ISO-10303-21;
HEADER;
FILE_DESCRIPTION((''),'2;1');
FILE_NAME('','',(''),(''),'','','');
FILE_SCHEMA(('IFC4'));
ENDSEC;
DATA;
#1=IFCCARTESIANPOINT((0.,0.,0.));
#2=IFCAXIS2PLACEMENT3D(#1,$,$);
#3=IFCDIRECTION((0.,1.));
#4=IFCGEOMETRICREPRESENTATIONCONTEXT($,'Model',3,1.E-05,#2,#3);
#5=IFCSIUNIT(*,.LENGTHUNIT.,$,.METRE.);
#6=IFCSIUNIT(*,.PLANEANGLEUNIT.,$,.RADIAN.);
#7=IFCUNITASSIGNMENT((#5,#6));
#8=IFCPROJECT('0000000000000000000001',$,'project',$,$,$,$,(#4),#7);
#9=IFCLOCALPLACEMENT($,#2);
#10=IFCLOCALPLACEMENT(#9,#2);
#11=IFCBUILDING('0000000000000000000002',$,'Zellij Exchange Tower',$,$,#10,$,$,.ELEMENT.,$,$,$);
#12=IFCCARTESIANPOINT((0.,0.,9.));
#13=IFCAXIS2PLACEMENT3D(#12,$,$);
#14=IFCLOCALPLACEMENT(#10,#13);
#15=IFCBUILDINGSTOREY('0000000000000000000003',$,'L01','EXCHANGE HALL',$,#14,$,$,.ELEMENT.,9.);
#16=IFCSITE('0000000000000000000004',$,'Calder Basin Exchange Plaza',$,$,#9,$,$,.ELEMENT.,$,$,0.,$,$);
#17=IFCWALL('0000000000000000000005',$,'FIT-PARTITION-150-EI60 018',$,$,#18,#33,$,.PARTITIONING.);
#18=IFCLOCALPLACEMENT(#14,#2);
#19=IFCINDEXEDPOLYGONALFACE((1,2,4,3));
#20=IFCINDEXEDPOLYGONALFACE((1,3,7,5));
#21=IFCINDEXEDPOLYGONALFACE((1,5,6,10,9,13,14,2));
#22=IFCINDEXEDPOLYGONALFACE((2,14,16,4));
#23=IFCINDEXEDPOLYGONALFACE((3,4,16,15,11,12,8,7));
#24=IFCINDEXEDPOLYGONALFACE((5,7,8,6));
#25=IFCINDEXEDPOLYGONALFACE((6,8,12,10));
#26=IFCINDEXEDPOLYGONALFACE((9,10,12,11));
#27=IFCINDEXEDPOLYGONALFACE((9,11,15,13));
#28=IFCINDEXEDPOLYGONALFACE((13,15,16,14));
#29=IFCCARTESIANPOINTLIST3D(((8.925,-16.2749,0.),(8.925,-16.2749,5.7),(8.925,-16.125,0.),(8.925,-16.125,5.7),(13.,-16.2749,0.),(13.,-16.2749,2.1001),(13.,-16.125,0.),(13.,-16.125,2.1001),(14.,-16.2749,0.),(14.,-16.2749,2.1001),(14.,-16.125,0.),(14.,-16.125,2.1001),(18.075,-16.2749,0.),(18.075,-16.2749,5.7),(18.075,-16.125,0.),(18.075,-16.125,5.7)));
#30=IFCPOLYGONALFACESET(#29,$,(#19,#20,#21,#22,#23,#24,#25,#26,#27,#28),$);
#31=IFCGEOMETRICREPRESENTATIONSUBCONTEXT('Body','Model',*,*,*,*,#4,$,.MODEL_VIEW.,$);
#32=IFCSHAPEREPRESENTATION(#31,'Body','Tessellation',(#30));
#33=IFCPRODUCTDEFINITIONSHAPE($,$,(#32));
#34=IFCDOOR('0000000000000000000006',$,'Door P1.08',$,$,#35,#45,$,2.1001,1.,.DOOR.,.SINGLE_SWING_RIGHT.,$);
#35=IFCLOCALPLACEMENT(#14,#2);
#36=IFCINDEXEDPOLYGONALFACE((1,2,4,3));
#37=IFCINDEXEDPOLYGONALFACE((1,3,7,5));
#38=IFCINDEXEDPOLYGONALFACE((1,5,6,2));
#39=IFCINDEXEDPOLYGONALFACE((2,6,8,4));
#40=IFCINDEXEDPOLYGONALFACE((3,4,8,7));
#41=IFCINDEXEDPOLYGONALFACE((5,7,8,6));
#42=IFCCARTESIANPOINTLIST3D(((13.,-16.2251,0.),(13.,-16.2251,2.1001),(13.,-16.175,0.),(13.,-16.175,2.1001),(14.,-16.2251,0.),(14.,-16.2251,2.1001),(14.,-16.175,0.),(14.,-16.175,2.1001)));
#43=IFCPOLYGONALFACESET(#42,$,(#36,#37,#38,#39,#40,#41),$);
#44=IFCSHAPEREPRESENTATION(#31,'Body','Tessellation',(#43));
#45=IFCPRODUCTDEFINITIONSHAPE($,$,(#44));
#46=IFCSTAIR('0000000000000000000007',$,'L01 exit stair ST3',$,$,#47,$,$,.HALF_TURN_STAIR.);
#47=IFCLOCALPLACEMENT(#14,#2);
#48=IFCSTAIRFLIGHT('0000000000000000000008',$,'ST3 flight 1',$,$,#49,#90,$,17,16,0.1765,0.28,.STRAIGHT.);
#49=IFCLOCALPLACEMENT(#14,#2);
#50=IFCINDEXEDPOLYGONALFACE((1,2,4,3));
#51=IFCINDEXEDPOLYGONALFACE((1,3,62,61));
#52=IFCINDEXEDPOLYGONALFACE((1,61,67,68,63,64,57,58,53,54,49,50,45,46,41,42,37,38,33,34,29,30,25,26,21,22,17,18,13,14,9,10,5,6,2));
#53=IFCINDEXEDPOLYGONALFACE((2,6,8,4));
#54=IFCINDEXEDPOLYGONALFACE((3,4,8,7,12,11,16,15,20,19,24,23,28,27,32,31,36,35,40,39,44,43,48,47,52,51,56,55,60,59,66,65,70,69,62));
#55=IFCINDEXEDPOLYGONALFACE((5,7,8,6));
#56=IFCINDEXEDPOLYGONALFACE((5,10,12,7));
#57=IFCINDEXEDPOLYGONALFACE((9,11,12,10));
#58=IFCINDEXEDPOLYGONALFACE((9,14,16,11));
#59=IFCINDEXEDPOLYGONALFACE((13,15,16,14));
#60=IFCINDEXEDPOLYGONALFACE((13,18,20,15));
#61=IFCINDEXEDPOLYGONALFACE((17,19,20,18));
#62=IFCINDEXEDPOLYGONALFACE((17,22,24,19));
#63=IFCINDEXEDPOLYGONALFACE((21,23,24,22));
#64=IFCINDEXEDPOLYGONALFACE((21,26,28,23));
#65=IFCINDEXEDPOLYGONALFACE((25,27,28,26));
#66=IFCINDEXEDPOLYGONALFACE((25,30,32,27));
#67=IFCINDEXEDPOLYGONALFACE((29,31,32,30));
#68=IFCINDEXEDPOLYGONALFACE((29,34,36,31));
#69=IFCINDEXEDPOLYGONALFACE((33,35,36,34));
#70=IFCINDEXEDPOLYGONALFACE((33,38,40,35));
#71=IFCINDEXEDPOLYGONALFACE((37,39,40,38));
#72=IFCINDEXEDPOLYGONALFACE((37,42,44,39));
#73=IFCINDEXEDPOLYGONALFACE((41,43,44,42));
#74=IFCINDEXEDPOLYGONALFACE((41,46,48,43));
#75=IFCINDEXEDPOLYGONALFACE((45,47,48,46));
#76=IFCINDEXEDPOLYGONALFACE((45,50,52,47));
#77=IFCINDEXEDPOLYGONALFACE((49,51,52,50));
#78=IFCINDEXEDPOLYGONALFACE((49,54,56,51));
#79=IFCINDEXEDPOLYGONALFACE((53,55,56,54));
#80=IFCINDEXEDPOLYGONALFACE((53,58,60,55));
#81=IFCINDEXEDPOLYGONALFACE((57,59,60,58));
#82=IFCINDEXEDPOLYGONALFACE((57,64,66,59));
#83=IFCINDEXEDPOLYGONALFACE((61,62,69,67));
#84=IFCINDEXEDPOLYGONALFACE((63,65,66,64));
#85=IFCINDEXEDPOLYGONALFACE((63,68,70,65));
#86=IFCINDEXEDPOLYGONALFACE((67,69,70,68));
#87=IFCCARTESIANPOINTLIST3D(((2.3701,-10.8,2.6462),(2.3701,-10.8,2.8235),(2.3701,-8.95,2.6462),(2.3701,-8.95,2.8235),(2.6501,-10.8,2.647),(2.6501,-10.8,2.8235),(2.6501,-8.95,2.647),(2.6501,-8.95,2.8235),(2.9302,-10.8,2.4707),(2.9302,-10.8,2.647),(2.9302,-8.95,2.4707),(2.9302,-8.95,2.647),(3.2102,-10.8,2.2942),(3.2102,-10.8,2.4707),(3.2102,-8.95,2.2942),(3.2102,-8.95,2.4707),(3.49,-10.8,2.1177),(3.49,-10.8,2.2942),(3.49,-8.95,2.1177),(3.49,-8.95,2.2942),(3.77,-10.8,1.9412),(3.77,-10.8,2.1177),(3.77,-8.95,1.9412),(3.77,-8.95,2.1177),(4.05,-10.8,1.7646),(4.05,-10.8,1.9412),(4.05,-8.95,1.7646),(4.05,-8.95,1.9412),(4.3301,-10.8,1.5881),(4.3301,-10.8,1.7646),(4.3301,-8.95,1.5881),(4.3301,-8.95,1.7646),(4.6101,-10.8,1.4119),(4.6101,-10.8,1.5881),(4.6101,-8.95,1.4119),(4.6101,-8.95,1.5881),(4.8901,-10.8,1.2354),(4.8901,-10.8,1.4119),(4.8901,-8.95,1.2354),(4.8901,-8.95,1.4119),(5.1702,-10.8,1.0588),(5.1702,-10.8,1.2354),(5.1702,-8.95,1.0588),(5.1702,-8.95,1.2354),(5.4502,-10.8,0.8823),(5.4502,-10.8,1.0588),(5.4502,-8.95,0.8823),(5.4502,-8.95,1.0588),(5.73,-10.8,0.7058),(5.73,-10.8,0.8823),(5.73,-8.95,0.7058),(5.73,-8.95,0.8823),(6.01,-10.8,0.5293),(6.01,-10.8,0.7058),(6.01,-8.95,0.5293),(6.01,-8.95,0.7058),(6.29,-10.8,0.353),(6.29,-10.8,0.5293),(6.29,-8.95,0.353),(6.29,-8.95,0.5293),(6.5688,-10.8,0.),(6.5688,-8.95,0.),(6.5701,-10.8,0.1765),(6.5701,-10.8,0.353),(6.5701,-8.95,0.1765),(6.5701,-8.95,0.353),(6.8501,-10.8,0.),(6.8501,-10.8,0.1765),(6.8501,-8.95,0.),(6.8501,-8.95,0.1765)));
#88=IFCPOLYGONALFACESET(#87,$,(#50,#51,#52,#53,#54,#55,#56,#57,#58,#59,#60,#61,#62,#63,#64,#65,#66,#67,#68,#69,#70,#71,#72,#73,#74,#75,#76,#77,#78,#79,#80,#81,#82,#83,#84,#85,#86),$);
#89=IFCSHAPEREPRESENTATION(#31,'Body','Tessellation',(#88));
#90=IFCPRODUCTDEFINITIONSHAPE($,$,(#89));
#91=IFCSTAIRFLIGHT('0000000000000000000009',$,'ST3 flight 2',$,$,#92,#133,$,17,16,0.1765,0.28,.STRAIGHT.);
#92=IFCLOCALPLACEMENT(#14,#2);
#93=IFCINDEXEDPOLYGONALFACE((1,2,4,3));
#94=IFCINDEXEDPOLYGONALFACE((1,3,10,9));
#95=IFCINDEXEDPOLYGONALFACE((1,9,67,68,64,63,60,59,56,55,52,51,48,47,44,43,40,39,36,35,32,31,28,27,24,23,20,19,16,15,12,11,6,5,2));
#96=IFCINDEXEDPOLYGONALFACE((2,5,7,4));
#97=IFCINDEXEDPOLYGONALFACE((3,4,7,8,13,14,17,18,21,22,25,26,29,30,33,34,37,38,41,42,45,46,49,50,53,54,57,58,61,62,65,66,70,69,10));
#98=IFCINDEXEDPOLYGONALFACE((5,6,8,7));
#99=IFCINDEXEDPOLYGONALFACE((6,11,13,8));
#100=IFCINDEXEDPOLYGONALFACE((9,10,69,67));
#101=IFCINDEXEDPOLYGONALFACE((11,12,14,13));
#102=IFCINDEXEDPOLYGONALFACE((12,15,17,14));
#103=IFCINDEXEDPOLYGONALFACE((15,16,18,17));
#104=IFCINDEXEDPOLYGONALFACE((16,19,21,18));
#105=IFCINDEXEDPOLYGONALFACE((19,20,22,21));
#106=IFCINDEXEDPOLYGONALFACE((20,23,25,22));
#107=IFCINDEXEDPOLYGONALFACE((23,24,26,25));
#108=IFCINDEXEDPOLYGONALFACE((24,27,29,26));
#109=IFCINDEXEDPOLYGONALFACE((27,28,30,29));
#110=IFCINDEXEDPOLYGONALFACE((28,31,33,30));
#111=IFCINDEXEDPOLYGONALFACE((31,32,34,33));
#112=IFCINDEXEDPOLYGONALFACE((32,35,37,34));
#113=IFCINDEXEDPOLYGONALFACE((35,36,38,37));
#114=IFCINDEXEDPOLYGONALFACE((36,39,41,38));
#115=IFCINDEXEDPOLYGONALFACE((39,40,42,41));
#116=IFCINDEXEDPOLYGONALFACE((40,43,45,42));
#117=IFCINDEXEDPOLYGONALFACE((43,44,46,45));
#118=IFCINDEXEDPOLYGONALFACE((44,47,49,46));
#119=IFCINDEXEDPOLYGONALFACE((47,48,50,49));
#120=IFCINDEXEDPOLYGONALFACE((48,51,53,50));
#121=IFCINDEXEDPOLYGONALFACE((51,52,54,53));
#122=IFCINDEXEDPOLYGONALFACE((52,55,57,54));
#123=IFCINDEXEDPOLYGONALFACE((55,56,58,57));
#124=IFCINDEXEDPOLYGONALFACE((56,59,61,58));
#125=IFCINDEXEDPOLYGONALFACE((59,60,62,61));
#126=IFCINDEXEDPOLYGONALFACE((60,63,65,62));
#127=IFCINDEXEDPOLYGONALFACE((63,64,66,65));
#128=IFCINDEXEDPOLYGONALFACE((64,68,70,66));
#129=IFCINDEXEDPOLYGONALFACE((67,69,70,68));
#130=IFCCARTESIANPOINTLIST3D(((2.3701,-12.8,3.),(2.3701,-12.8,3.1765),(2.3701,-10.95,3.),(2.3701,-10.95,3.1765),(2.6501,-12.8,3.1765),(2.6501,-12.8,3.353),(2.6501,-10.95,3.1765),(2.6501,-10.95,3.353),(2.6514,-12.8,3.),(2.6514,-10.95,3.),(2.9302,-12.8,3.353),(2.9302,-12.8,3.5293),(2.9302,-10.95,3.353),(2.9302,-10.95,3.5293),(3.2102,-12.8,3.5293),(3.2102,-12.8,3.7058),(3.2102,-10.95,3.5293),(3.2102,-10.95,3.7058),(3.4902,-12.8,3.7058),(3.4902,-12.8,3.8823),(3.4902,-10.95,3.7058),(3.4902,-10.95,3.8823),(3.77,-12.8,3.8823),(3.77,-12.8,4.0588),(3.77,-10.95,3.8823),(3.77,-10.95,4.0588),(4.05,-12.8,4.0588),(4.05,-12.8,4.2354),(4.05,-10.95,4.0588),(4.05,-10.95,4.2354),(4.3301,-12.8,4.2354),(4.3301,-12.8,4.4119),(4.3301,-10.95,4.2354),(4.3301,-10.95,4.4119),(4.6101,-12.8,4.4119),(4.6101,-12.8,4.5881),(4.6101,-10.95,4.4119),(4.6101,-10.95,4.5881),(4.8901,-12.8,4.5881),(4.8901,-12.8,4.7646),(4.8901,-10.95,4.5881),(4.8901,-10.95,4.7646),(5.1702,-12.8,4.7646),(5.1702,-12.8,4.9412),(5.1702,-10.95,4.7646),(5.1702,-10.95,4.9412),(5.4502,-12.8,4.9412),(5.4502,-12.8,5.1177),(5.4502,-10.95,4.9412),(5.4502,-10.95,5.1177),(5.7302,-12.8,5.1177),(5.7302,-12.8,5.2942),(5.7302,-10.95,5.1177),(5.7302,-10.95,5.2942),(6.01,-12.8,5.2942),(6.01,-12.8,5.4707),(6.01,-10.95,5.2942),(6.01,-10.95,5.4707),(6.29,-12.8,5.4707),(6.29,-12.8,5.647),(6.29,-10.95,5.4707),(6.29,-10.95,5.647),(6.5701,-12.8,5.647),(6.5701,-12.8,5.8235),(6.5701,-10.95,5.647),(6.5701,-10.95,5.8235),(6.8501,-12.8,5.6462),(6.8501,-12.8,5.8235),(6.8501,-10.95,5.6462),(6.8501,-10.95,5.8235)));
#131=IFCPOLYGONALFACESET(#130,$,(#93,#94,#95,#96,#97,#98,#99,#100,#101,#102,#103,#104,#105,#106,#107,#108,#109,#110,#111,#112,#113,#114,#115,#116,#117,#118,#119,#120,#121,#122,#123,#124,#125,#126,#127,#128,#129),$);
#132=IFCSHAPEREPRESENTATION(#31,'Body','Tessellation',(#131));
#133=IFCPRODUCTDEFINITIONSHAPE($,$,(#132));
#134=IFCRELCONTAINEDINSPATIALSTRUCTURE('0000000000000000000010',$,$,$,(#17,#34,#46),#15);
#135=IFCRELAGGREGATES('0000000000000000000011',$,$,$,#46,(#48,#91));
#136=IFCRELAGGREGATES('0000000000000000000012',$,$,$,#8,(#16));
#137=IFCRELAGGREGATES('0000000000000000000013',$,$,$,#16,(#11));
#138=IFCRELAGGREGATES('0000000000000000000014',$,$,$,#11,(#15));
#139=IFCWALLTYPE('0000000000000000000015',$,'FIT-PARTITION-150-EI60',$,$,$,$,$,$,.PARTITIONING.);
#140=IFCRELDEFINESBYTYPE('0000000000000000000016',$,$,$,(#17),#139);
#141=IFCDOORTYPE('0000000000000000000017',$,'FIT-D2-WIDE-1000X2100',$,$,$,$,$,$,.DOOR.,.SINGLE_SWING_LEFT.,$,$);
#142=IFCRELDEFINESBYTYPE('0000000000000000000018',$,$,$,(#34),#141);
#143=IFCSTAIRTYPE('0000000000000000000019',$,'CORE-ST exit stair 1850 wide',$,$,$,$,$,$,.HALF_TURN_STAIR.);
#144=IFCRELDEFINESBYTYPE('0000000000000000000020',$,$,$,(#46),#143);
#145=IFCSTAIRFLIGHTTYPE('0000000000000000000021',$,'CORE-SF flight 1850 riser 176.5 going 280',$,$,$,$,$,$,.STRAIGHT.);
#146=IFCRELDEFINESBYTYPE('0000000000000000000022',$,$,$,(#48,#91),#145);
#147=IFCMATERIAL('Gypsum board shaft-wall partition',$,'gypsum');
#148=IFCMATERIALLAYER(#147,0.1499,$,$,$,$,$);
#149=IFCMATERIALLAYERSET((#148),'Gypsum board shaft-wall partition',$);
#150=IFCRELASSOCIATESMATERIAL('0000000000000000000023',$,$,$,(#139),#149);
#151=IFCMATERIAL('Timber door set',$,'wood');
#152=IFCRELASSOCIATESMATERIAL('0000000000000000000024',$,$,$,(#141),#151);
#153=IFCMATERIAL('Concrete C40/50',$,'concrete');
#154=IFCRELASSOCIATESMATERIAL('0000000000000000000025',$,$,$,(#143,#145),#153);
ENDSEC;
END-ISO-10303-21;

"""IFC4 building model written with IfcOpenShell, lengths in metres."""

from ifc_helpers import new_model, si_unit, direction, frame, frame_2d, origin, place, context, subcontext, project, spatial, polyline, rectangle, outline, extrude, material, layer, layer_set, type_object, element, fill, aggregate, save


model = new_model("IFC4")

# Units and contexts
model_context = context("Model", 3, precision=1e-05, world=origin(), true_north=direction((0.0, 1.0)))
body_context = subcontext(model_context, "Body", "Model", "MODEL_VIEW")
ifc_project = project(units=[si_unit("LENGTHUNIT", "METRE"), si_unit("PLANEANGLEUNIT", "RADIAN")], contexts=[model_context])

# Site, building, storey
site_placement = place(None, origin())
site = spatial("IfcSite", under=ifc_project, at=site_placement, Name="Calder Basin Exchange Plaza", CompositionType="ELEMENT", RefElevation=0.0)
building_placement = place(site_placement, origin())
building = spatial("IfcBuilding", under=site, at=building_placement, Name="Zellij Exchange Tower", CompositionType="ELEMENT")
storey_placement = place(building_placement, frame((0.0, 0.0, 9.0)))
storey = spatial("IfcBuildingStorey", under=building, at=storey_placement, Name="L01", Description="EXCHANGE HALL", CompositionType="ELEMENT", Elevation=9.0)

# Wall, opening, door
ifc_material_1 = material(Name="Gypsum board shaft-wall partition", Category="gypsum")
ifc_layer_1 = layer(ifc_material_1, 0.1499)
ifc_layer_set_1 = layer_set([ifc_layer_1], Name="Gypsum board shaft-wall partition")
wall_type_1 = type_object("IfcWallType", Name="FIT-PARTITION-150-EI60", PredefinedType="PARTITIONING", material=ifc_layer_set_1)
wall_1_placement = place(storey_placement, frame((8.925, -16.2, 0.0), z_axis=(0.0, 0.0, 1.0), x_axis=(1.0, 0.0, 0.0)))
wall_1 = element("IfcWall", 1, at=wall_1_placement, inside=storey, type_object=wall_type_1, Name="FIT-PARTITION-150-EI60 018", PredefinedType="PARTITIONING", context=body_context, shape_type="SweptSolid", body=[
    extrude(rectangle(XDim=9.1499, YDim=0.1499, at=frame_2d((4.575, 0.0))), origin(), (0.0, 0.0, 1.0), 5.7),
])
opening_1_placement = place(wall_1_placement, frame((4.075, 0.0, 0.0)))
opening_1 = element("IfcOpeningElement", 2, at=opening_1_placement, cuts=wall_1, PredefinedType="OPENING", context=body_context, shape_type="SweptSolid", body=[
    extrude(rectangle(XDim=1.0, YDim=2.1001, at=frame_2d((0.5, 1.05))), frame((0.0, 0.0869, 0.0), z_axis=(0.0, -1.0, 0.0), x_axis=(1.0, 0.0, 0.0)), (0.0, 0.0, 1.0), 0.1738),
])
ifc_material_2 = material(Name="Timber door set", Category="wood")
door_type_1 = type_object("IfcDoorType", Name="FIT-D2-WIDE-1000X2100", OperationType="SINGLE_SWING_LEFT", PredefinedType="DOOR", material=ifc_material_2)
door_1_placement = place(opening_1_placement, origin())
door_1 = element("IfcDoor", 3, at=door_1_placement, inside=storey, type_object=door_type_1, Name="Door P1.08", OperationType="SINGLE_SWING_RIGHT", OverallHeight=2.1001, OverallWidth=1.0, PredefinedType="DOOR", context=body_context, shape_type="SweptSolid", body=[
    extrude(rectangle(XDim=1.0, YDim=2.1001, at=frame_2d((0.5, 1.05))), frame((0.0, 0.0249, 0.0), z_axis=(0.0, -1.0, 0.0), x_axis=(1.0, 0.0, 0.0)), (0.0, 0.0, 1.0), 0.05),
])
fill(opening_1, door_1)

# Stair, stair flights
ifc_material_3 = material(Name="Concrete C40/50", Category="concrete")
stair_type = type_object("IfcStairType", Name="CORE-ST exit stair 1850 wide", PredefinedType="HALF_TURN_STAIR", material=ifc_material_3)
stair_placement = place(storey_placement, origin())
stair = element("IfcStair", 4, at=stair_placement, inside=storey, type_object=stair_type, Name="L01 exit stair ST3", PredefinedType="HALF_TURN_STAIR")
stair_flight_type = type_object("IfcStairFlightType", Name="CORE-SF flight 1850 riser 176.5 going 280", PredefinedType="STRAIGHT", material=ifc_material_3)
stair_flight_1_placement = place(storey_placement, frame((6.8501, -9.875, 0.0), z_axis=(0.0, 0.0, 1.0), x_axis=(-1.0, 0.0, 0.0)))
stair_flight_1 = element("IfcStairFlight", 5, at=stair_flight_1_placement, type_object=stair_flight_type, Name="ST3 flight 1", NumberOfRisers=17, NumberOfTreads=16, PredefinedType="STRAIGHT", RiserHeight=0.1765, TreadLength=0.28, context=body_context, shape_type="SweptSolid", body=[
    extrude(outline(polyline([(0.0, 0.0), (0.0, 0.1765), (0.28, 0.1765), (0.28, 0.353), (0.5601, 0.353), (0.5601, 0.5293), (0.8401, 0.5293), (0.8401, 0.7058), (1.1201, 0.7058), (1.1201, 0.8823), (1.3999, 0.8823), (1.3999, 1.0588), (1.6799, 1.0588), (1.6799, 1.2354), (1.96, 1.2354), (1.96, 1.4119), (2.24, 1.4119), (2.24, 1.5881), (2.52, 1.5881), (2.52, 1.7646), (2.8, 1.7646), (2.8, 1.9412), (3.0801, 1.9412), (3.0801, 2.1177), (3.3601, 2.1177), (3.3601, 2.2942), (3.6399, 2.2942), (3.6399, 2.4707), (3.9199, 2.4707), (3.9199, 2.647), (4.2, 2.647), (4.2, 2.8235), (4.48, 2.8235), (4.48, 3.0), (4.48, 2.6462), (0.2812, 0.0), (0.0, 0.0)])), frame((0.0, 0.925, 0.0), z_axis=(0.0, -1.0, 0.0), x_axis=(1.0, 0.0, 0.0)), (0.0, 0.0, 1.0), 1.8501),
])
stair_flight_2_placement = place(storey_placement, frame((2.3701, -11.875, 3.0), z_axis=(0.0, 0.0, 1.0), x_axis=(1.0, 0.0, 0.0)))
stair_flight_2 = element("IfcStairFlight", 6, at=stair_flight_2_placement, type_object=stair_flight_type, Name="ST3 flight 2", NumberOfRisers=17, NumberOfTreads=16, PredefinedType="STRAIGHT", RiserHeight=0.1765, TreadLength=0.28, context=body_context, shape_type="SweptSolid", body=[
    extrude(outline(polyline([(0.0, 0.0), (0.0, 0.1765), (0.28, 0.1765), (0.28, 0.353), (0.5601, 0.353), (0.5601, 0.5293), (0.8401, 0.5293), (0.8401, 0.7058), (1.1201, 0.7058), (1.1201, 0.8823), (1.3999, 0.8823), (1.3999, 1.0588), (1.6799, 1.0588), (1.6799, 1.2354), (1.96, 1.2354), (1.96, 1.4119), (2.24, 1.4119), (2.24, 1.5881), (2.52, 1.5881), (2.52, 1.7646), (2.8, 1.7646), (2.8, 1.9412), (3.0801, 1.9412), (3.0801, 2.1177), (3.3601, 2.1177), (3.3601, 2.2942), (3.6399, 2.2942), (3.6399, 2.4707), (3.9199, 2.4707), (3.9199, 2.647), (4.2, 2.647), (4.2, 2.8235), (4.48, 2.8235), (4.48, 3.0), (4.48, 2.6462), (0.2812, 0.0), (0.0, 0.0)])), frame((0.0, 0.925, 0.0), z_axis=(0.0, -1.0, 0.0), x_axis=(1.0, 0.0, 0.0)), (0.0, 0.0, 1.0), 1.8501),
])
aggregate(stair, [stair_flight_1, stair_flight_2])

save(model, "model.ifc")
